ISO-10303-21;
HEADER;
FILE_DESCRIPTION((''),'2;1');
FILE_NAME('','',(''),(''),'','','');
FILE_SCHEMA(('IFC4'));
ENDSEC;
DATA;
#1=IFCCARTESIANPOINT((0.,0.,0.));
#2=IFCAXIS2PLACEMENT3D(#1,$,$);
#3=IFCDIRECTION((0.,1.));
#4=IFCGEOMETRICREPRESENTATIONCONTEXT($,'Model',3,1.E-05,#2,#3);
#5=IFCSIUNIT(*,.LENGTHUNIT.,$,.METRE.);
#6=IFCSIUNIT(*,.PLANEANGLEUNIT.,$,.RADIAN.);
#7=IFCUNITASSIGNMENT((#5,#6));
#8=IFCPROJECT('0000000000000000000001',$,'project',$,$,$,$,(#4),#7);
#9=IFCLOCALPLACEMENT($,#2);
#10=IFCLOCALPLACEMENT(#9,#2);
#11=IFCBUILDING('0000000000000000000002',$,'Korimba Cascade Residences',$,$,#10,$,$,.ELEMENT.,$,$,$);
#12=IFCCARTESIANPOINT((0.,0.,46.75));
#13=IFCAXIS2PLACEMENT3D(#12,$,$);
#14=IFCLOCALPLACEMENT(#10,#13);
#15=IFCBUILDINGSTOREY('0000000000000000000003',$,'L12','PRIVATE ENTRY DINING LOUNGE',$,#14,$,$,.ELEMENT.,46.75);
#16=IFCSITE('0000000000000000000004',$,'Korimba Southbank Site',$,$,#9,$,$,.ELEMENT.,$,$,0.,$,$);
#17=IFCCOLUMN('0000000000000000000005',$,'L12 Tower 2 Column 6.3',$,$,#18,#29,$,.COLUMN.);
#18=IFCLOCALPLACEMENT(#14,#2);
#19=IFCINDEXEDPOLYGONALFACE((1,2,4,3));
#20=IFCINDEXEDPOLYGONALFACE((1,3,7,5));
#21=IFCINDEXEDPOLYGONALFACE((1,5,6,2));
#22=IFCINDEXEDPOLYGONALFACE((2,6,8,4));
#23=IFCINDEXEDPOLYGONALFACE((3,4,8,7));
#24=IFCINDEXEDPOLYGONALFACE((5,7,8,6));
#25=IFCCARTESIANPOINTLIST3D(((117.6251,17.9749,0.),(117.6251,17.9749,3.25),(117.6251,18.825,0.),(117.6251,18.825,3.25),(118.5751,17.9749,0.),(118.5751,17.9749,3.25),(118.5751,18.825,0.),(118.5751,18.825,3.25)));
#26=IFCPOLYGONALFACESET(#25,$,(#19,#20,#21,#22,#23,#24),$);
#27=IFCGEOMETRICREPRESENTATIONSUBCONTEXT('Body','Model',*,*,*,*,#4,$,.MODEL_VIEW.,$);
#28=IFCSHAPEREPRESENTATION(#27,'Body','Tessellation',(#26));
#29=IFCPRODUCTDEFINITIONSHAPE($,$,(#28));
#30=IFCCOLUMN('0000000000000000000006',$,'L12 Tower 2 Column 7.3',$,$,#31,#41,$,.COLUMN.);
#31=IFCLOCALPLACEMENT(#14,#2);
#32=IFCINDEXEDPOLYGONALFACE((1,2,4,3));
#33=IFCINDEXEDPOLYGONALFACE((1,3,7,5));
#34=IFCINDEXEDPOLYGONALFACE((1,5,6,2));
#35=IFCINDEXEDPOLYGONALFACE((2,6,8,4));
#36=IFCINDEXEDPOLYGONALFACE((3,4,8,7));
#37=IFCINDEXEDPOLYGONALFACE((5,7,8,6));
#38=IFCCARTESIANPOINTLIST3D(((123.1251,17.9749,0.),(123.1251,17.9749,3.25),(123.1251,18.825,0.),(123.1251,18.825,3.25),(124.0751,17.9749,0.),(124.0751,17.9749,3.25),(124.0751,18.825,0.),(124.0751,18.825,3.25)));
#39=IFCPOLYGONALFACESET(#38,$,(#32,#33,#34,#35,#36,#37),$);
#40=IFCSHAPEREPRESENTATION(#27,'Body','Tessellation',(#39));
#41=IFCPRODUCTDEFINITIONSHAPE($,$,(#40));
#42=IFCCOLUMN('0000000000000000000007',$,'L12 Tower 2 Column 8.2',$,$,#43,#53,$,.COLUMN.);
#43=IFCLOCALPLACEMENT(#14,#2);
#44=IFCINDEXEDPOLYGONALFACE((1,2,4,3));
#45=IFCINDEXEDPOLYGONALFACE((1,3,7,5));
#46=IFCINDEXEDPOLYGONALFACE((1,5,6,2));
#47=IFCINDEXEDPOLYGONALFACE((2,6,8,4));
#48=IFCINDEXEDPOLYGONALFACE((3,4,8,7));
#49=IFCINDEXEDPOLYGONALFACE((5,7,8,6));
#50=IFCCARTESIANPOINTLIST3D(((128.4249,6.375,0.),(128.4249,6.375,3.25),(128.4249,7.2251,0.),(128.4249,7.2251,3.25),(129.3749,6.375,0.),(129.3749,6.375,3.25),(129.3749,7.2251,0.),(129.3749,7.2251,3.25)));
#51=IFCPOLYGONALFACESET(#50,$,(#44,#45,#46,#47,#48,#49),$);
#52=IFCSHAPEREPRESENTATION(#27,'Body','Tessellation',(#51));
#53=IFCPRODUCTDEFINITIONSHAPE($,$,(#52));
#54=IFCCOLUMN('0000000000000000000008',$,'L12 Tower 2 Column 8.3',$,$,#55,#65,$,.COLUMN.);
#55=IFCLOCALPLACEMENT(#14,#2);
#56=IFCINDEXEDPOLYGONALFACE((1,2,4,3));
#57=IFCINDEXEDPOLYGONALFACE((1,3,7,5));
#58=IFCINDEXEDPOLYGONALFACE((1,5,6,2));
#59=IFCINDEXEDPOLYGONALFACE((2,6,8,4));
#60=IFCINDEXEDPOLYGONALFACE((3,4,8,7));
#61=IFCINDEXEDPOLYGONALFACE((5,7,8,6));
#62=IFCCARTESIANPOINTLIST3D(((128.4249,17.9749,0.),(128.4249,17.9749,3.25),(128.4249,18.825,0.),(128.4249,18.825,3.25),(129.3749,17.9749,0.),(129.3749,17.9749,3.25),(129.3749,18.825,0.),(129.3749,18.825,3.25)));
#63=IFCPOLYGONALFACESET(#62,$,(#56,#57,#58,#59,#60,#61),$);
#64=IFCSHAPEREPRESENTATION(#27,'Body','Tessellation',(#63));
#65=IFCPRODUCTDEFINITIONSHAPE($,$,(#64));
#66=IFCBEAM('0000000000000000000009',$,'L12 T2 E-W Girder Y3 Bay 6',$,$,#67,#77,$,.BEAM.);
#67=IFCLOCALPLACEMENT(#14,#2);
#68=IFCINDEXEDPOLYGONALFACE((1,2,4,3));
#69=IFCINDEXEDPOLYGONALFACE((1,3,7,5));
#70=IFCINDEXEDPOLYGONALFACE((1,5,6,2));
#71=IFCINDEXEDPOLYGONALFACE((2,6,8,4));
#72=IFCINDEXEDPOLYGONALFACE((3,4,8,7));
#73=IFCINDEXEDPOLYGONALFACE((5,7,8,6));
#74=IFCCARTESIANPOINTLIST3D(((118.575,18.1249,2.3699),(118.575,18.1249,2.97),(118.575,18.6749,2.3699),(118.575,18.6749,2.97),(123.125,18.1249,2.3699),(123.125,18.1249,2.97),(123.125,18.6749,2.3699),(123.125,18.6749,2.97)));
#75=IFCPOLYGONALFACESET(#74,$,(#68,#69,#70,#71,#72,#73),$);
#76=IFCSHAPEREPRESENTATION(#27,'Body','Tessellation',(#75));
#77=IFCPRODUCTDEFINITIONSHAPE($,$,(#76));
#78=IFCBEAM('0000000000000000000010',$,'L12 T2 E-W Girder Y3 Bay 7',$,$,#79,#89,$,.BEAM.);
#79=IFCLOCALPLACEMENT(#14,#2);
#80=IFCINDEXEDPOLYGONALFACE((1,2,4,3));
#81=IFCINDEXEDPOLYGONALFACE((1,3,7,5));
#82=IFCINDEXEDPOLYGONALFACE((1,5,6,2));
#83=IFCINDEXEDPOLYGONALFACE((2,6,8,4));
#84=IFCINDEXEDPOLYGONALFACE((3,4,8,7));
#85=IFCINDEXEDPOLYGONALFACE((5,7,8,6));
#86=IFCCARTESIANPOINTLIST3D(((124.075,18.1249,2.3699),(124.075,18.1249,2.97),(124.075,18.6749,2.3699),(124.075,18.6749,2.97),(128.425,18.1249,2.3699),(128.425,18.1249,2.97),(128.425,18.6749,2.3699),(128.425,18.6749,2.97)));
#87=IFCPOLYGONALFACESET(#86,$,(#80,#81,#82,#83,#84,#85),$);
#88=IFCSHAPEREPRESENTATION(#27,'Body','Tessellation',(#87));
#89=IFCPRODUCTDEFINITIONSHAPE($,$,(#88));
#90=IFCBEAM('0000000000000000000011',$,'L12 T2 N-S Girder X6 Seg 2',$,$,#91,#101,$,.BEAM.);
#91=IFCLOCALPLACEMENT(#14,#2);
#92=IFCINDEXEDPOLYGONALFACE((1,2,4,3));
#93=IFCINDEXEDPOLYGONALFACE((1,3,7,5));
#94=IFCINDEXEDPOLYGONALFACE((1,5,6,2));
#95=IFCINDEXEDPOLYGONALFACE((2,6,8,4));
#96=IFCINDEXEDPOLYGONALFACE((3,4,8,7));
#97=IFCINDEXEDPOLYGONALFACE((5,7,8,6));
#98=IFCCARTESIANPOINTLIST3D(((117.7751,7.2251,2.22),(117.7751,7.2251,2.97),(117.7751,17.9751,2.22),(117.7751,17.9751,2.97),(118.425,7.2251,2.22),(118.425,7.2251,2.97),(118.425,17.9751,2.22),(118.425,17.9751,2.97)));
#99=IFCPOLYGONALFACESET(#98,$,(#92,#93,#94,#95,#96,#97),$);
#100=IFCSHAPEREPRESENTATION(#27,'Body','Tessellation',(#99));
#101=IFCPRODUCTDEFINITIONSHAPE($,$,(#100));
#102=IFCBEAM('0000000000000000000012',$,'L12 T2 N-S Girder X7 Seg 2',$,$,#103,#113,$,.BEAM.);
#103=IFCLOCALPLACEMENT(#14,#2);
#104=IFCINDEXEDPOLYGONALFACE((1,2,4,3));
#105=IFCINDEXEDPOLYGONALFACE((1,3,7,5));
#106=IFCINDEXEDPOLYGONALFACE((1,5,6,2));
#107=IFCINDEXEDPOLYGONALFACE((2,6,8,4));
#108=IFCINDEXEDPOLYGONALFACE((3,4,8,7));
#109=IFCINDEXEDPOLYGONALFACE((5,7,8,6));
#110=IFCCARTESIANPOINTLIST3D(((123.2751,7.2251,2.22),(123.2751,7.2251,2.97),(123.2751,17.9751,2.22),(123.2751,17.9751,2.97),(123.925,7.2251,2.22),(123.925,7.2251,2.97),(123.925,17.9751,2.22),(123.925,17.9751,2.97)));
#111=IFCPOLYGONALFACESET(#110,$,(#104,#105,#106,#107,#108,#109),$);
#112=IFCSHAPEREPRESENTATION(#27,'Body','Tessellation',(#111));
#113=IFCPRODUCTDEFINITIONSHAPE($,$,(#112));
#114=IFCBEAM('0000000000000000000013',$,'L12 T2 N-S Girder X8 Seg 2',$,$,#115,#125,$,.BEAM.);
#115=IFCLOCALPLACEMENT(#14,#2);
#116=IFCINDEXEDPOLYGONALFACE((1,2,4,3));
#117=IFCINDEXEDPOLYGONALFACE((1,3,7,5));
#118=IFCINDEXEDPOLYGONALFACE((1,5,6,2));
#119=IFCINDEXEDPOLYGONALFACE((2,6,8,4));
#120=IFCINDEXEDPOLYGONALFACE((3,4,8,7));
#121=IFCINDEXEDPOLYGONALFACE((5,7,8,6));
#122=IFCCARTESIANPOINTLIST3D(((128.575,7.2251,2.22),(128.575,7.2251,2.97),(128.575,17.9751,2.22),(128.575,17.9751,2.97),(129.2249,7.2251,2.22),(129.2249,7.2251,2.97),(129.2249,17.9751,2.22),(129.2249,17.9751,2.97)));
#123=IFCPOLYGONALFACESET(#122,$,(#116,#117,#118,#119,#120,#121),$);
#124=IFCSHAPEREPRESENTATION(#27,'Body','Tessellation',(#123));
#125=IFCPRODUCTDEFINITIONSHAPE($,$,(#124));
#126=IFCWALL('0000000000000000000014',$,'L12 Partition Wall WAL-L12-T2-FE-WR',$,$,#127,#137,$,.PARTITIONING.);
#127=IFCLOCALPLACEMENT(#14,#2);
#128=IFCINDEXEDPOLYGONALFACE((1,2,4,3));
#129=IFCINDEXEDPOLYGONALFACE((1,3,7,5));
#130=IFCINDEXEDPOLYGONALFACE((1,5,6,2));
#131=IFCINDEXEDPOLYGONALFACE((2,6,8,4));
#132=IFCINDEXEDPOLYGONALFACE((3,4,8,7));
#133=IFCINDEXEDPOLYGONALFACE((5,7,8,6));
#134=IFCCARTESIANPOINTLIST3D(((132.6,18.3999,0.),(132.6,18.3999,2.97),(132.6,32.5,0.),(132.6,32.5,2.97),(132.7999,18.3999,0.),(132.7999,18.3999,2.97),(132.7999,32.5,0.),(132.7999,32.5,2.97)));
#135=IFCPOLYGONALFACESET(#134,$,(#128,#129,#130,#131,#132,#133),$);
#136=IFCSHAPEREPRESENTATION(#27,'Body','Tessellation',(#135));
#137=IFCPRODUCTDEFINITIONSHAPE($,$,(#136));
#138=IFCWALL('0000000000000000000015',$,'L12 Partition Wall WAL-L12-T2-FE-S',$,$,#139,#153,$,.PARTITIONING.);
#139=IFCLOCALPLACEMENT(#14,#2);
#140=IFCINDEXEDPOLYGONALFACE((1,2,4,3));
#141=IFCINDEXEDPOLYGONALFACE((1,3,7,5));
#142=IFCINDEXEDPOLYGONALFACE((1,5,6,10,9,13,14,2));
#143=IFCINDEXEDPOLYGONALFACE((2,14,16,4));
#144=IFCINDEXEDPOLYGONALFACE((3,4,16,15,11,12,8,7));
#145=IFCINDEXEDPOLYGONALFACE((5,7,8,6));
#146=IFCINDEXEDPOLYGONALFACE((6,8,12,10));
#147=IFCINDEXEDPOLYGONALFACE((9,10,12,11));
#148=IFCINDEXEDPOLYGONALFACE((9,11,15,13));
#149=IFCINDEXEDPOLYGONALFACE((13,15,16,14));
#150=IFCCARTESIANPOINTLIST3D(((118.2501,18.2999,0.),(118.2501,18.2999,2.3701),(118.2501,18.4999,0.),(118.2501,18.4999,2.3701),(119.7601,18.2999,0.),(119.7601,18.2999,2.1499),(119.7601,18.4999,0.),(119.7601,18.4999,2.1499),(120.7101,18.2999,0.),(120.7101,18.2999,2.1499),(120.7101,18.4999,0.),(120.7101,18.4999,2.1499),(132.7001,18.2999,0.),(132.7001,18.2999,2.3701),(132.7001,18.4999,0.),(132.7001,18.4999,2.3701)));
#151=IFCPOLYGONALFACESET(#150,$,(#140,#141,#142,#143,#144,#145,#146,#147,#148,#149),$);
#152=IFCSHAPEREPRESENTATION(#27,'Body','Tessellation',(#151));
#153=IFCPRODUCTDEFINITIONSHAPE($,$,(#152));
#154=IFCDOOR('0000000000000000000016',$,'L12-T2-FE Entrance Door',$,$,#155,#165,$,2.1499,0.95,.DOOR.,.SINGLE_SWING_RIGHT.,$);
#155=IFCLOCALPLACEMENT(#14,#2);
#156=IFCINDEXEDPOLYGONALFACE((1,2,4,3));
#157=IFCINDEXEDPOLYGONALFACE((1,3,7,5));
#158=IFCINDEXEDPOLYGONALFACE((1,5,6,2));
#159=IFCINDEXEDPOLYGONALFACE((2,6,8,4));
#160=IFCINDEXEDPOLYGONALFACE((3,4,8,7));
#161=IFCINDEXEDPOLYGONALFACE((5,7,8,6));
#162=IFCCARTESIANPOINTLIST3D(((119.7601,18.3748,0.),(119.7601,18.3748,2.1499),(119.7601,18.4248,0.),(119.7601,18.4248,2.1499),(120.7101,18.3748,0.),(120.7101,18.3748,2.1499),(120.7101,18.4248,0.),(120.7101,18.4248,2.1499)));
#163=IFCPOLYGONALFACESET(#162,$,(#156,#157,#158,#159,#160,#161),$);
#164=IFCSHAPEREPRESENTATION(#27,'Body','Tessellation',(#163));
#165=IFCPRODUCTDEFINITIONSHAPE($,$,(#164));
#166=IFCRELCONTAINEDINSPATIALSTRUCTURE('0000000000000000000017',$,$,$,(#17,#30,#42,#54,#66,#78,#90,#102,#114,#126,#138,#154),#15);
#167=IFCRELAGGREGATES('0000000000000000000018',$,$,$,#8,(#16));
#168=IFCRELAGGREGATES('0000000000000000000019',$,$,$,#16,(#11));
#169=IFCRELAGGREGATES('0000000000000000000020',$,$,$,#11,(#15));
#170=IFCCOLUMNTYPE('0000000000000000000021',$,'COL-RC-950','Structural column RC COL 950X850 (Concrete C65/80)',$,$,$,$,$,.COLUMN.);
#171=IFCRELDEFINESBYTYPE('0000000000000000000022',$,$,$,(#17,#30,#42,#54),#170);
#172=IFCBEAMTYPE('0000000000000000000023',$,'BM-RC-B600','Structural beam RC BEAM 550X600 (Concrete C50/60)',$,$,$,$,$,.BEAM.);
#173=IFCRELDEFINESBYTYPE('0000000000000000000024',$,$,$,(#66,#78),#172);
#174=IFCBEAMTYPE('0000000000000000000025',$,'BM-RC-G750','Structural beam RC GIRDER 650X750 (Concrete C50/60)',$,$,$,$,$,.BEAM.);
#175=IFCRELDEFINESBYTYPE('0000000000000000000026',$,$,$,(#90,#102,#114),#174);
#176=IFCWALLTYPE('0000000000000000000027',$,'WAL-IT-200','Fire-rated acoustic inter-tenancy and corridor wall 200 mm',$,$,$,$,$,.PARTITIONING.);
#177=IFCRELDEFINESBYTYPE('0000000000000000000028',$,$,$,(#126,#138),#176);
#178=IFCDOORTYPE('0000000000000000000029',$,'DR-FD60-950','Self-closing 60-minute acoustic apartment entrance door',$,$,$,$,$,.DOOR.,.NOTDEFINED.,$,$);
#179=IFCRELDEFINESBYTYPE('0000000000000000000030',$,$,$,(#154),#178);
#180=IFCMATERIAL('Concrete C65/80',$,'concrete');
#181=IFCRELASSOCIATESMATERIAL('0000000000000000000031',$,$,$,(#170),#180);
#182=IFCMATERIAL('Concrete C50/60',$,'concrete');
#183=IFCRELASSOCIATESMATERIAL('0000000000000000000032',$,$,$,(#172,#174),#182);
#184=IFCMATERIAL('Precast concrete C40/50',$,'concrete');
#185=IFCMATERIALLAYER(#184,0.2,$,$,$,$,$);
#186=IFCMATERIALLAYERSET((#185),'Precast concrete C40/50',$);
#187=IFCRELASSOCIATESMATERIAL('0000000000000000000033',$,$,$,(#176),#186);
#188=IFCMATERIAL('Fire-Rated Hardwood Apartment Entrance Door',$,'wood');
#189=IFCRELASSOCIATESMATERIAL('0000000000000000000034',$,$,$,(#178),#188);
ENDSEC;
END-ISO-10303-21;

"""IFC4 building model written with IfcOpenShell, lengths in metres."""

from ifc_helpers import new_model, si_unit, direction, frame, frame_2d, origin, origin_2d, place, context, subcontext, project, spatial, rectangle, extrude, material, layer, layer_set, material_profile, profile_set, type_object, element, fill, save


model = new_model("IFC4")

# Units and contexts
model_context = context("Model", 3, precision=1e-05, world=origin(), true_north=direction((0.0, 1.0)))
body_context = subcontext(model_context, "Body", "Model", "MODEL_VIEW")
ifc_project = project(units=[si_unit("LENGTHUNIT", "METRE"), si_unit("PLANEANGLEUNIT", "RADIAN")], contexts=[model_context])

# Site, building, storey
site_placement = place(None, origin())
site = spatial("IfcSite", under=ifc_project, at=site_placement, Name="Korimba Southbank Site", CompositionType="ELEMENT", RefElevation=0.0)
building_placement = place(site_placement, origin())
building = spatial("IfcBuilding", under=site, at=building_placement, Name="Korimba Cascade Residences", CompositionType="ELEMENT")
storey_placement = place(building_placement, frame((0.0, 0.0, 46.75)))
storey = spatial("IfcBuildingStorey", under=building, at=storey_placement, Name="L12", Description="PRIVATE ENTRY DINING LOUNGE", CompositionType="ELEMENT", Elevation=46.75)

# Columns
ifc_material_1 = material(Name="Concrete C65/80", Category="concrete")
ifc_material_profile_1 = material_profile(ifc_material_1, rectangle(XDim=0.95, YDim=0.8501, at=origin_2d()), Name="Concrete C65/80")
ifc_profile_set_1 = profile_set([ifc_material_profile_1], Name="Concrete C65/80")
column_type = type_object("IfcColumnType", Name="COL-RC-950", Description="Structural column RC COL 950X850 (Concrete C65/80)", PredefinedType="COLUMN", material=ifc_profile_set_1)
for number, where, z_axis, x_axis, name in (
    (1, (118.1001, 18.3999, 0.0), (0.0, 0.0, 1.0), (1.0, 0.0, 0.0), "L12 Tower 2 Column 6.3"),
    (2, (123.6001, 18.3999, 0.0), (0.0, 0.0, 1.0), (1.0, 0.0, 0.0), "L12 Tower 2 Column 7.3"),
    (3, (128.8999, 6.8, 0.0), (0.0, 0.0, 1.0), (1.0, 0.0, 0.0), "L12 Tower 2 Column 8.2"),
    (4, (128.8999, 18.3999, 0.0), (0.0, 0.0, 1.0), (1.0, 0.0, 0.0), "L12 Tower 2 Column 8.3"),
):
    element("IfcColumn", number, at=place(storey_placement, frame(where, z_axis=z_axis, x_axis=x_axis)), inside=storey, type_object=column_type, Name=name, PredefinedType="COLUMN", context=body_context, shape_type="SweptSolid", body=[
        extrude(rectangle(XDim=0.95, YDim=0.8501, at=origin_2d()), origin(), (0.0, 0.0, 1.0), 3.25),
    ])

# Beams
ifc_material_2 = material(Name="Concrete C50/60", Category="concrete")
ifc_material_profile_2 = material_profile(ifc_material_2, rectangle(XDim=0.55, YDim=0.6001, at=origin_2d()), Name="Concrete C50/60")
ifc_profile_set_2 = profile_set([ifc_material_profile_2], Name="Concrete C50/60")
beam_type_1 = type_object("IfcBeamType", Name="BM-RC-B600", Description="Structural beam RC BEAM 550X600 (Concrete C50/60)", PredefinedType="BEAM", material=ifc_profile_set_2)
beam_1_placement = place(storey_placement, frame((118.575, 18.3999, 2.6699), z_axis=(1.0, 0.0, 0.0), x_axis=(0.0, 1.0, 0.0)))
element("IfcBeam", 5, at=beam_1_placement, inside=storey, type_object=beam_type_1, Name="L12 T2 E-W Girder Y3 Bay 6", PredefinedType="BEAM", context=body_context, shape_type="SweptSolid", body=[
    extrude(rectangle(XDim=0.55, YDim=0.6001, at=origin_2d()), origin(), (0.0, 0.0, 1.0), 4.55),
])
beam_2_placement = place(storey_placement, frame((124.075, 18.3999, 2.6699), z_axis=(1.0, 0.0, 0.0), x_axis=(0.0, 1.0, 0.0)))
element("IfcBeam", 6, at=beam_2_placement, inside=storey, type_object=beam_type_1, Name="L12 T2 E-W Girder Y3 Bay 7", PredefinedType="BEAM", context=body_context, shape_type="SweptSolid", body=[
    extrude(rectangle(XDim=0.55, YDim=0.6001, at=origin_2d()), origin(), (0.0, 0.0, 1.0), 4.3501),
])
ifc_material_profile_3 = material_profile(ifc_material_2, rectangle(XDim=0.6499, YDim=0.75, at=origin_2d()), Name="Concrete C50/60")
ifc_profile_set_3 = profile_set([ifc_material_profile_3], Name="Concrete C50/60")
beam_type_2 = type_object("IfcBeamType", Name="BM-RC-G750", Description="Structural beam RC GIRDER 650X750 (Concrete C50/60)", PredefinedType="BEAM", material=ifc_profile_set_3)
for number, where, z_axis, x_axis, name in (
    (7, (118.1001, 7.2251, 2.595), (0.0, 1.0, 0.0), (-1.0, 0.0, 0.0), "L12 T2 N-S Girder X6 Seg 2"),
    (8, (123.6001, 7.2251, 2.595), (0.0, 1.0, 0.0), (-1.0, 0.0, 0.0), "L12 T2 N-S Girder X7 Seg 2"),
    (9, (128.8999, 7.2251, 2.595), (0.0, 1.0, 0.0), (-1.0, 0.0, 0.0), "L12 T2 N-S Girder X8 Seg 2"),
):
    element("IfcBeam", number, at=place(storey_placement, frame(where, z_axis=z_axis, x_axis=x_axis)), inside=storey, type_object=beam_type_2, Name=name, PredefinedType="BEAM", context=body_context, shape_type="SweptSolid", body=[
        extrude(rectangle(XDim=0.6499, YDim=0.75, at=origin_2d()), origin(), (0.0, 0.0, 1.0), 10.75),
    ])

# Wall
ifc_material_3 = material(Name="Precast concrete C40/50", Category="concrete")
ifc_layer_1 = layer(ifc_material_3, 0.2)
ifc_layer_set_1 = layer_set([ifc_layer_1], Name="Precast concrete C40/50")
wall_type_1 = type_object("IfcWallType", Name="WAL-IT-200", Description="Fire-rated acoustic inter-tenancy and corridor wall 200 mm", PredefinedType="PARTITIONING", material=ifc_layer_set_1)
wall_1_placement = place(storey_placement, frame((132.7, 18.3999, 0.0), z_axis=(0.0, 0.0, 1.0), x_axis=(0.0, 1.0, 0.0)))
element("IfcWall", 10, at=wall_1_placement, inside=storey, type_object=wall_type_1, Name="L12 Partition Wall WAL-L12-T2-FE-WR", PredefinedType="PARTITIONING", context=body_context, shape_type="SweptSolid", body=[
    extrude(rectangle(XDim=14.1001, YDim=0.2, at=frame_2d((7.05, 0.0))), origin(), (0.0, 0.0, 1.0), 2.97),
])

# Wall, opening, door
wall_2_placement = place(storey_placement, frame((118.25, 18.3999, 0.0), z_axis=(0.0, 0.0, 1.0), x_axis=(1.0, 0.0, 0.0)))
wall_2 = element("IfcWall", 11, at=wall_2_placement, inside=storey, type_object=wall_type_1, Name="L12 Partition Wall WAL-L12-T2-FE-S", PredefinedType="PARTITIONING", context=body_context, shape_type="SweptSolid", body=[
    extrude(rectangle(XDim=14.45, YDim=0.2, at=frame_2d((7.2251, 0.0))), origin(), (0.0, 0.0, 1.0), 2.3701),
])
opening_1_placement = place(wall_2_placement, frame((1.51, 0.0, 0.0)))
opening_1 = element("IfcOpeningElement", 12, at=opening_1_placement, cuts=wall_2, PredefinedType="OPENING", context=body_context, shape_type="SweptSolid", body=[
    extrude(rectangle(XDim=0.95, YDim=2.1499, at=frame_2d((0.4751, 1.075))), frame((0.0, 0.1099, 0.0), z_axis=(0.0, -1.0, 0.0), x_axis=(1.0, 0.0, 0.0)), (0.0, 0.0, 1.0), 0.22),
])
ifc_material_4 = material(Name="Fire-Rated Hardwood Apartment Entrance Door", Category="wood")
door_type_1 = type_object("IfcDoorType", Name="DR-FD60-950", Description="Self-closing 60-minute acoustic apartment entrance door", OperationType="NOTDEFINED", PredefinedType="DOOR", material=ifc_material_4)
door_1_placement = place(opening_1_placement, origin())
door_1 = element("IfcDoor", 13, at=door_1_placement, inside=storey, type_object=door_type_1, Name="L12-T2-FE Entrance Door", OperationType="SINGLE_SWING_RIGHT", OverallHeight=2.1499, OverallWidth=0.95, PredefinedType="DOOR", context=body_context, shape_type="SweptSolid", body=[
    extrude(rectangle(XDim=0.95, YDim=2.1499, at=frame_2d((0.4751, 1.075))), frame((0.0, 0.0249, 0.0), z_axis=(0.0, -1.0, 0.0), x_axis=(1.0, 0.0, 0.0)), (0.0, 0.0, 1.0), 0.05),
])
fill(opening_1, door_1)

save(model, "model.ifc")
